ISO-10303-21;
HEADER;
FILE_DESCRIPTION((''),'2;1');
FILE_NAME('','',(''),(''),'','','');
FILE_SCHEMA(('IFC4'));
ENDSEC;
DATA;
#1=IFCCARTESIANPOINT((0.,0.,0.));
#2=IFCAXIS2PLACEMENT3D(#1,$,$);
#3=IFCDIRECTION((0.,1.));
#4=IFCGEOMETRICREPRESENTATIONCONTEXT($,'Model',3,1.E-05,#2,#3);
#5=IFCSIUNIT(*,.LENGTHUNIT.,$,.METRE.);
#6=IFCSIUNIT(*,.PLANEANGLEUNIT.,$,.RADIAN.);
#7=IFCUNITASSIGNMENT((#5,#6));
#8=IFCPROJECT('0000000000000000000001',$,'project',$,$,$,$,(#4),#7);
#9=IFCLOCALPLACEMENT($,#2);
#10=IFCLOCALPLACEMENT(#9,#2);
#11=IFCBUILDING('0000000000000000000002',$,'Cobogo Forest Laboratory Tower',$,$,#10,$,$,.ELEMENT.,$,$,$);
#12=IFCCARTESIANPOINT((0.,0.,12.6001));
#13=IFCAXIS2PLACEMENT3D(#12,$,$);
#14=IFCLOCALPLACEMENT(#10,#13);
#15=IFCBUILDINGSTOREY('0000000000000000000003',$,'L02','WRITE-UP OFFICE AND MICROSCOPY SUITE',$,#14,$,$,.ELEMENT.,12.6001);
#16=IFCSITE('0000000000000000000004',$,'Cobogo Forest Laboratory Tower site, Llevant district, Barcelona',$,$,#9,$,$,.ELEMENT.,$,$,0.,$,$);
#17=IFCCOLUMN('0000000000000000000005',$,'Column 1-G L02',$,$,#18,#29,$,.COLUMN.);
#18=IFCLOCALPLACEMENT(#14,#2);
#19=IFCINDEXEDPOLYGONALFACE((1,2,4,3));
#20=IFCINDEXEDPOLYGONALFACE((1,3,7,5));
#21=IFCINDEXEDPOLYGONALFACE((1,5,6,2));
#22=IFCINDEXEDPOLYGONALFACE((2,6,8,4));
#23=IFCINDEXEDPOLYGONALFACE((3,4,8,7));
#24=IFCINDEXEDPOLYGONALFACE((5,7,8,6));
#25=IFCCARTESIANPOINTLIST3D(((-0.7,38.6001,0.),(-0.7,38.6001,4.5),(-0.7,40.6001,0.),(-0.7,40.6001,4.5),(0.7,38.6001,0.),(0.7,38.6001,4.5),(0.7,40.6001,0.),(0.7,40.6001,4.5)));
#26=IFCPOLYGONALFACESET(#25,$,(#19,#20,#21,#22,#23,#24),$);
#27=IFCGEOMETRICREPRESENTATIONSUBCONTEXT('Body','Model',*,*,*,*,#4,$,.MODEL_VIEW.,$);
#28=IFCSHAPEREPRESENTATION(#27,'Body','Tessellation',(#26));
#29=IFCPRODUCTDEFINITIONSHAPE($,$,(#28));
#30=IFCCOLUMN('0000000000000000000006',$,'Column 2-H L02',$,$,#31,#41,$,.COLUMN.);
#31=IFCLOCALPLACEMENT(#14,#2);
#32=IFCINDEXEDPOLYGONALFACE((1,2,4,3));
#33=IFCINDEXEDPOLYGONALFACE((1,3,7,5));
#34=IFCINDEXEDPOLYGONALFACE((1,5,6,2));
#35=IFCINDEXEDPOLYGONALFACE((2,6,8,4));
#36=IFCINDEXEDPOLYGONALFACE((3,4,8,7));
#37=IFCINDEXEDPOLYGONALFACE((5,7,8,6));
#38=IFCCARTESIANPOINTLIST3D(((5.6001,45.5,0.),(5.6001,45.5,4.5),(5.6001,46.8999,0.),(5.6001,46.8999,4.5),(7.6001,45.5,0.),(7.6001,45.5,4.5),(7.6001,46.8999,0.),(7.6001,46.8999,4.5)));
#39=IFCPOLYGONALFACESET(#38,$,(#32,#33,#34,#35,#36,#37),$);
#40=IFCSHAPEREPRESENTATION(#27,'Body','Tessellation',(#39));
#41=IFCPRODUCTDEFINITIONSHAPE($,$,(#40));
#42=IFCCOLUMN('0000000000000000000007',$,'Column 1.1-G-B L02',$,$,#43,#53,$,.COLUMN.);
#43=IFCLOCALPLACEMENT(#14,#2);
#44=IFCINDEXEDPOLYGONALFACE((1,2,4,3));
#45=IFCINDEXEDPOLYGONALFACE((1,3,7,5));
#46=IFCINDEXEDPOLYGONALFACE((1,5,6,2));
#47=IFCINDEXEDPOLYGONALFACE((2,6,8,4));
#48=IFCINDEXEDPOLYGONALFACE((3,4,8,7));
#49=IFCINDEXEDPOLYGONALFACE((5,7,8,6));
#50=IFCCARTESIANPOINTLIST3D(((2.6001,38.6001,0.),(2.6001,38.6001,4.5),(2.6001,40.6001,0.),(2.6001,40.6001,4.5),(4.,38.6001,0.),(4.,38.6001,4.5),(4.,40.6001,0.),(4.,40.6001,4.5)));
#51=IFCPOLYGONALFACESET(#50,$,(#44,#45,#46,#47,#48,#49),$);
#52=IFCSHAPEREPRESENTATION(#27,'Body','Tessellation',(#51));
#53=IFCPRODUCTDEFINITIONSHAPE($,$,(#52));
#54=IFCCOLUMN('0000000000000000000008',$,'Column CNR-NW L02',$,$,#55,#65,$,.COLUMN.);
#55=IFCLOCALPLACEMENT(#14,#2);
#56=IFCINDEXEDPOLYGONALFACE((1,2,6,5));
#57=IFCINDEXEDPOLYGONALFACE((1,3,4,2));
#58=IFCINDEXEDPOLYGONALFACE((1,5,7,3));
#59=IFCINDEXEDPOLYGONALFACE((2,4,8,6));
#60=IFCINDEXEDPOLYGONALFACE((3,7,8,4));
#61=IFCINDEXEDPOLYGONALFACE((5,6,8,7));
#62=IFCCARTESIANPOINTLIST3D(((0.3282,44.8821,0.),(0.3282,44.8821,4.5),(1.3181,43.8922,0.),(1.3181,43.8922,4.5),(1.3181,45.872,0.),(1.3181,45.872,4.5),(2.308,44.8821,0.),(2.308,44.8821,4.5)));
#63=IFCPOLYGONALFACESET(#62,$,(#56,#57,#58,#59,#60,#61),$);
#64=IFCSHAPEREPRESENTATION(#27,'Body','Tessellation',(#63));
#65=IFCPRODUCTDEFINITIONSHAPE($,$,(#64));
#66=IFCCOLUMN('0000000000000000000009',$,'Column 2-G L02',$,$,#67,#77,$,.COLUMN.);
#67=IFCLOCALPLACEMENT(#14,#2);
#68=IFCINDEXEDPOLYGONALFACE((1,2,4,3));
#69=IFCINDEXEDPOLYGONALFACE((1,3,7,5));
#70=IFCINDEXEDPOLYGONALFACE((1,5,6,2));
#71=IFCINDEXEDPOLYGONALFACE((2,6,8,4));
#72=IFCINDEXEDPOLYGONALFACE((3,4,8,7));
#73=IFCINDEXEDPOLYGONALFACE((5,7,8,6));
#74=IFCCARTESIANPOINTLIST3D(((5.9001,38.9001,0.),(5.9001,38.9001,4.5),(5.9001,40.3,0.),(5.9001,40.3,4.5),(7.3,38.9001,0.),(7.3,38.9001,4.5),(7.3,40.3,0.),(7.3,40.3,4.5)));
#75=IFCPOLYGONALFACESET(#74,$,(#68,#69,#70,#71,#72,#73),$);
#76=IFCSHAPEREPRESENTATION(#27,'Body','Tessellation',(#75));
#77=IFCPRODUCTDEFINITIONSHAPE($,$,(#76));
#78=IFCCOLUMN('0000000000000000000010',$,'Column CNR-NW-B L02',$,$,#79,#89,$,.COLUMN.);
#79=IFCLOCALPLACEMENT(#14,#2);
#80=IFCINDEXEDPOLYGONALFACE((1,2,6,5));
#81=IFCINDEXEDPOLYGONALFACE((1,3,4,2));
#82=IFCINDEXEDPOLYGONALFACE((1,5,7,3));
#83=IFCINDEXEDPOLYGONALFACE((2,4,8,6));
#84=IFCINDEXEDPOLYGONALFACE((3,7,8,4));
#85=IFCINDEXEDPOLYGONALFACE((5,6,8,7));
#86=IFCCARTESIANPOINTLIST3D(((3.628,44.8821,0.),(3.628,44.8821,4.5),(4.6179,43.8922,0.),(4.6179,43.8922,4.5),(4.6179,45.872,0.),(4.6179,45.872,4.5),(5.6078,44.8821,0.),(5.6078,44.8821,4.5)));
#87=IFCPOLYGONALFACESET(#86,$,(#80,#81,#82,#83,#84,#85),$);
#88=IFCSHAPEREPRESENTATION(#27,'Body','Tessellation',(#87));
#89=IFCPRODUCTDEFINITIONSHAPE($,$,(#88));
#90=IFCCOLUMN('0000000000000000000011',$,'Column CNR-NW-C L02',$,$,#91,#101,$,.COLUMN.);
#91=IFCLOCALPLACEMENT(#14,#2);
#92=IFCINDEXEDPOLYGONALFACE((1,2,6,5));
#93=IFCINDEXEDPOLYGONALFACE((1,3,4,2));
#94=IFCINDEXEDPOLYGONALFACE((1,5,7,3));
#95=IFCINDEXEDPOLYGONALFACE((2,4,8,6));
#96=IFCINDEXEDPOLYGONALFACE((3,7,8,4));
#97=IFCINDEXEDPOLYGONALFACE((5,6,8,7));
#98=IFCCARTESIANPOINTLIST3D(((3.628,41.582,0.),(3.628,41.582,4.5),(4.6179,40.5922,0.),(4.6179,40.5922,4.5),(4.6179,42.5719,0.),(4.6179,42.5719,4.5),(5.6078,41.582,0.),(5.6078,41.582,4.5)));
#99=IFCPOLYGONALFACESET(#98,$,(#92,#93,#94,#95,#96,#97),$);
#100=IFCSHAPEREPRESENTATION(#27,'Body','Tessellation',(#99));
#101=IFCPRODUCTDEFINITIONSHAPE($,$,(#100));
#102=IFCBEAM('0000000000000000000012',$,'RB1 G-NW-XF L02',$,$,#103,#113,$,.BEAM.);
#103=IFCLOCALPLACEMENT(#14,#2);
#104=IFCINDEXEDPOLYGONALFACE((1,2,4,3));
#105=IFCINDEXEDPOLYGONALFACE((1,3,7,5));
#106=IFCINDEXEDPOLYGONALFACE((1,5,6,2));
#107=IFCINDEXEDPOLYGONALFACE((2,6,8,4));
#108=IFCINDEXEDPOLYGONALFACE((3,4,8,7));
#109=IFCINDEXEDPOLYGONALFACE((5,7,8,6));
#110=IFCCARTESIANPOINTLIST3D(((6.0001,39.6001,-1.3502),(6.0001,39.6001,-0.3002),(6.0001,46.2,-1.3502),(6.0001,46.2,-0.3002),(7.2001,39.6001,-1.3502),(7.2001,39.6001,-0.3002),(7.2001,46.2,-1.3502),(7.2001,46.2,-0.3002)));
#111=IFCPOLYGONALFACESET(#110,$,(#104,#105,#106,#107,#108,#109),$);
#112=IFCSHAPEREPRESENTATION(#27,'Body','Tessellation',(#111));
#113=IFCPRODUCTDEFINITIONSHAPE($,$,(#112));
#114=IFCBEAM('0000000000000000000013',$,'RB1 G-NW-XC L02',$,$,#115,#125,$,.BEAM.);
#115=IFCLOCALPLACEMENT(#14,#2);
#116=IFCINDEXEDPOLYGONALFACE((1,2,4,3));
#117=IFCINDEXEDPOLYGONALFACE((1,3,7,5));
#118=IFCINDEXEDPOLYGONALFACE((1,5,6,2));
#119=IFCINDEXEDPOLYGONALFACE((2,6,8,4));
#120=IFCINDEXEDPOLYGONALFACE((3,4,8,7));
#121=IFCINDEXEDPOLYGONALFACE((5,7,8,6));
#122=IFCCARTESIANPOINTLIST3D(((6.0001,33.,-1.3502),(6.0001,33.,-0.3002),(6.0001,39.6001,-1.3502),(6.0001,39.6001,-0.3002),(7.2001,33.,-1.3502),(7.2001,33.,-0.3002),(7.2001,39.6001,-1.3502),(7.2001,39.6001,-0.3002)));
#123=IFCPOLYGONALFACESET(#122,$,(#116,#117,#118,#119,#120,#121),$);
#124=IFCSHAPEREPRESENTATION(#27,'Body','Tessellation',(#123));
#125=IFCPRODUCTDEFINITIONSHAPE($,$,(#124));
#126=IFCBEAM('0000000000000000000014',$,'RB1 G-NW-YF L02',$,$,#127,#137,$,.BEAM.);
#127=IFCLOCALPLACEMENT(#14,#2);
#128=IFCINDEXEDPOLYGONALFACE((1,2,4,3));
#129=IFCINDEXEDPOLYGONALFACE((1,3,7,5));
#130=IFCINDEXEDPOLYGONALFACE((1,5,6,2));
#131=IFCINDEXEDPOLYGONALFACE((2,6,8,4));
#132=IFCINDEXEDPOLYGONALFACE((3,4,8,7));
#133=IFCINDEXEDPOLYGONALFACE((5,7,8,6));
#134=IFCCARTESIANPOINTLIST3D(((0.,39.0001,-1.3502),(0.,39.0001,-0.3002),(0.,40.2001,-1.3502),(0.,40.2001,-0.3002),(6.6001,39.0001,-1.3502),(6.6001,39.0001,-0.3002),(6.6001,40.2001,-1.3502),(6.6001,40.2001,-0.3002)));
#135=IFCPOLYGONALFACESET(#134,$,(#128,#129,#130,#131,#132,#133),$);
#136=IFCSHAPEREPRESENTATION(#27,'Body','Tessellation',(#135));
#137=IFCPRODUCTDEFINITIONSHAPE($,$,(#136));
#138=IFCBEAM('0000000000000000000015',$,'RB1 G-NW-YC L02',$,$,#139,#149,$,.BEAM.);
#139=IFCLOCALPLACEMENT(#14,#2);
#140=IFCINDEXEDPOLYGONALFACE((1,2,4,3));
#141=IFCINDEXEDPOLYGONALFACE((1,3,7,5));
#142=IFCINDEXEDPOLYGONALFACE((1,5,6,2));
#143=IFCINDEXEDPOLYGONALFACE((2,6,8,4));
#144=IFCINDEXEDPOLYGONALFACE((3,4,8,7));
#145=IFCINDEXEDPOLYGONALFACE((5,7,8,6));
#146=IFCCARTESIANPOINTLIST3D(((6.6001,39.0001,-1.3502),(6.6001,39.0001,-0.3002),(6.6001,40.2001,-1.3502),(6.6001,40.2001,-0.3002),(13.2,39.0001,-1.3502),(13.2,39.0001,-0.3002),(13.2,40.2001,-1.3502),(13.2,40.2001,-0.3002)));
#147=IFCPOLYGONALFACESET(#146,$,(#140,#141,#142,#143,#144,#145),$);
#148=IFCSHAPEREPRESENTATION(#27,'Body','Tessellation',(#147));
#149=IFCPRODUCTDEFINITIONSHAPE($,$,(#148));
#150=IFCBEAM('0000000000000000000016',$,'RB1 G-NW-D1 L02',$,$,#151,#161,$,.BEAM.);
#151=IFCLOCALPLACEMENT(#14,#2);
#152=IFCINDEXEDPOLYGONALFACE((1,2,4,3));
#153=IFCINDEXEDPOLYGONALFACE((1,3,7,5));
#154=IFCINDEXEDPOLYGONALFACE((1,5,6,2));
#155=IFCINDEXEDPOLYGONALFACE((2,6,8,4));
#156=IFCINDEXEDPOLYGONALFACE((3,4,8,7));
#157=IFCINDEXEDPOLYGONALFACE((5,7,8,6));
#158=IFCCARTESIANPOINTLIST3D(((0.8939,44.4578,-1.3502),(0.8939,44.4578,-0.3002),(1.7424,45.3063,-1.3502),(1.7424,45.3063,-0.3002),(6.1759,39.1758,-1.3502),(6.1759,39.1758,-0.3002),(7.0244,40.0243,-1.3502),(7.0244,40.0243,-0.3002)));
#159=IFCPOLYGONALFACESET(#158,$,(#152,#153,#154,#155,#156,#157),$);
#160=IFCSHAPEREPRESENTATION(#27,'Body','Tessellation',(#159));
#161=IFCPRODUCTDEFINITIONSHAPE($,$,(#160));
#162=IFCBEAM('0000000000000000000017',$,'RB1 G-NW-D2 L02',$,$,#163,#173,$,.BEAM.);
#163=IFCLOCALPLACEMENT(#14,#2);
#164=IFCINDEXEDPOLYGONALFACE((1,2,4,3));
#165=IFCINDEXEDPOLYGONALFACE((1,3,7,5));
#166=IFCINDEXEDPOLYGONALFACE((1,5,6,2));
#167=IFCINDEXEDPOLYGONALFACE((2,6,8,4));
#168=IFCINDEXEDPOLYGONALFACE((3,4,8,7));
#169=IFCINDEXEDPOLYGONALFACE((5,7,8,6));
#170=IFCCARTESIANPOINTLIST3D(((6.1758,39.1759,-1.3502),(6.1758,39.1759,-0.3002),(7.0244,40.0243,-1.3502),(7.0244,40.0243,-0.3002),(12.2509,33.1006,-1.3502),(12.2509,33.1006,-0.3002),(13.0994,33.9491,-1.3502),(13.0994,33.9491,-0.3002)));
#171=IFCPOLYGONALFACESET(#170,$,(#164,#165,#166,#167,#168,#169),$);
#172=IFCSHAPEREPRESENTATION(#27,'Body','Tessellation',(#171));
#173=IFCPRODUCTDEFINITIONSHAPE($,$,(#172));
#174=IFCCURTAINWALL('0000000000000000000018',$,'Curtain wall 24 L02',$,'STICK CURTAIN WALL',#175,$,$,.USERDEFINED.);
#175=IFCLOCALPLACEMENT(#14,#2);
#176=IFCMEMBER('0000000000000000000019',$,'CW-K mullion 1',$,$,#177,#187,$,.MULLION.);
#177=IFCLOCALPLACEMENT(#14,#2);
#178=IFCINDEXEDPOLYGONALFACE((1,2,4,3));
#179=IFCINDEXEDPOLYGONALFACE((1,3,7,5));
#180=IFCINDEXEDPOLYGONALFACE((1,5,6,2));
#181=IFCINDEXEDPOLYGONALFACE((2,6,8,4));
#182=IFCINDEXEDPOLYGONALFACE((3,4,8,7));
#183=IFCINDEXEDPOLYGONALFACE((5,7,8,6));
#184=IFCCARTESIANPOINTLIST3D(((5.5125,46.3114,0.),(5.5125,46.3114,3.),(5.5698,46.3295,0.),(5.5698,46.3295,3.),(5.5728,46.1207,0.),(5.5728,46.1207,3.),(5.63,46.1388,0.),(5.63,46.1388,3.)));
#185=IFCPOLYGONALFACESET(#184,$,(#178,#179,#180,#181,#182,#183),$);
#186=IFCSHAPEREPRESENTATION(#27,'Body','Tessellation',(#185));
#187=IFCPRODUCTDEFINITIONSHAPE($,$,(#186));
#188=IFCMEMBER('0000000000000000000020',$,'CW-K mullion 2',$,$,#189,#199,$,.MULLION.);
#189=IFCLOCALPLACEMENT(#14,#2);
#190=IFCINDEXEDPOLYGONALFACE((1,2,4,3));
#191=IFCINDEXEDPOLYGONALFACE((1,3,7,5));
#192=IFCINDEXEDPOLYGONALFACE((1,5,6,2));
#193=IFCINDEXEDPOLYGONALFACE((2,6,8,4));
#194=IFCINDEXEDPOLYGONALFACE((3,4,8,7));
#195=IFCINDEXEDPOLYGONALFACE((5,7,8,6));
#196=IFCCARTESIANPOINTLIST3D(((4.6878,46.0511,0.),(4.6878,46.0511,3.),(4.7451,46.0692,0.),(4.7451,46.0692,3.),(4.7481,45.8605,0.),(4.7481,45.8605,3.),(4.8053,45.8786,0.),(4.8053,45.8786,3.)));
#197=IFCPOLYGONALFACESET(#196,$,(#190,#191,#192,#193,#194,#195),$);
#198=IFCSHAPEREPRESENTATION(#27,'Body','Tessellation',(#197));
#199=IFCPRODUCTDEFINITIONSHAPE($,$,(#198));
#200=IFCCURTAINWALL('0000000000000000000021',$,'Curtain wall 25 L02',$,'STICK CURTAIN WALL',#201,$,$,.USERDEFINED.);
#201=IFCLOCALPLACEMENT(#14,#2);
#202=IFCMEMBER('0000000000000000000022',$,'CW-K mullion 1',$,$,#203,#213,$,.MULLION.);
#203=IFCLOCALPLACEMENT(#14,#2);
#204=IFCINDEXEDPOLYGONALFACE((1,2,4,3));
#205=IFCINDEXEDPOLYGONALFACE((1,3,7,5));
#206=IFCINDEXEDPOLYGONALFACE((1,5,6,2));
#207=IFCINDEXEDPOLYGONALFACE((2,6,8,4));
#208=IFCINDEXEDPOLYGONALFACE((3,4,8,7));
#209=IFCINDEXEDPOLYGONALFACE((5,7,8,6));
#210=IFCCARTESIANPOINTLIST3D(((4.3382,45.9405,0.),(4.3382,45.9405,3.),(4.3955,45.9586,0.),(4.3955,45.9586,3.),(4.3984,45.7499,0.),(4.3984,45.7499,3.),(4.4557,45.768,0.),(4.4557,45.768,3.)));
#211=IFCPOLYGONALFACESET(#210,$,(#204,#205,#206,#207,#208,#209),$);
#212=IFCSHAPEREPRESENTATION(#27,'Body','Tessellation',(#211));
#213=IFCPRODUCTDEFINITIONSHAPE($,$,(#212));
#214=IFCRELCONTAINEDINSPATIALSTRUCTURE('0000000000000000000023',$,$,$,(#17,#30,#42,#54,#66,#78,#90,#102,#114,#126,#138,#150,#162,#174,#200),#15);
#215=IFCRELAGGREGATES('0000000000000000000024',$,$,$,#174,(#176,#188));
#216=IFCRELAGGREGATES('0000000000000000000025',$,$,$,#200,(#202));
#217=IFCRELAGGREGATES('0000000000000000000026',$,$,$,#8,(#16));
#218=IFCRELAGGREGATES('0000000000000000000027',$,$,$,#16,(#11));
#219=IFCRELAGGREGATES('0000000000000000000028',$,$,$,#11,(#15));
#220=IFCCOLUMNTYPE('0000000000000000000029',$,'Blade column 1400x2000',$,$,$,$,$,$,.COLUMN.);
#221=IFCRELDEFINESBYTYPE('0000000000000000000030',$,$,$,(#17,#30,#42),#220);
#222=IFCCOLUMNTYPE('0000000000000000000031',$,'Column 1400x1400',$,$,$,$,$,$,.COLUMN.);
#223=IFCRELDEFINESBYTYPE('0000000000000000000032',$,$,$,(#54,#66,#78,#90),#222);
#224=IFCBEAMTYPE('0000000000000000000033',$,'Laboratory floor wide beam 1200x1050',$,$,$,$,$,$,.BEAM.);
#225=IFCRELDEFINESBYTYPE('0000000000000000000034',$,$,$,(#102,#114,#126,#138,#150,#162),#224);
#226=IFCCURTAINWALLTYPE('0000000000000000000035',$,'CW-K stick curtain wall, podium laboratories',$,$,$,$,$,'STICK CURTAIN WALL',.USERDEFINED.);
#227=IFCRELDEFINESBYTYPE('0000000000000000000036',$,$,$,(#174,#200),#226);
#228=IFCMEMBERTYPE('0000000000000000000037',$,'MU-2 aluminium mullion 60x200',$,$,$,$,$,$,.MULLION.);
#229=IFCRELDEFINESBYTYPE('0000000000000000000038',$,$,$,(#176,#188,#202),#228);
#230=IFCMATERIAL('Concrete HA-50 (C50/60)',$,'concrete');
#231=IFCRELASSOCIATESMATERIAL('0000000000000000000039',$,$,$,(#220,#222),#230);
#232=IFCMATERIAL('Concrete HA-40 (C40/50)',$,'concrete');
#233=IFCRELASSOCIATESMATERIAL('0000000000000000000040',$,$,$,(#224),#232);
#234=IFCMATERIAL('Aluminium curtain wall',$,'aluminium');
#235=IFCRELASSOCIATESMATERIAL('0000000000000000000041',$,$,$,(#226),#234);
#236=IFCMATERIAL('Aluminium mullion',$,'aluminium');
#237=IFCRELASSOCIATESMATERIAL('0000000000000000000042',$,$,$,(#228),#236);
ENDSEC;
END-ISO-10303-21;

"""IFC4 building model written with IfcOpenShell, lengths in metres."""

from ifc_helpers import new_model, si_unit, direction, frame, origin, origin_2d, place, context, subcontext, project, spatial, rectangle, extrude, material, material_profile, profile_set, type_object, element, aggregate, save


model = new_model("IFC4")

# Units and contexts
model_context = context("Model", 3, precision=1e-05, world=origin(), true_north=direction((0.0, 1.0)))
body_context = subcontext(model_context, "Body", "Model", "MODEL_VIEW")
ifc_project = project(units=[si_unit("LENGTHUNIT", "METRE"), si_unit("PLANEANGLEUNIT", "RADIAN")], contexts=[model_context])

# Site, building, storey
site_placement = place(None, origin())
site = spatial("IfcSite", under=ifc_project, at=site_placement, Name="Cobogo Forest Laboratory Tower site, Llevant district, Barcelona", CompositionType="ELEMENT", RefElevation=0.0)
building_placement = place(site_placement, origin())
building = spatial("IfcBuilding", under=site, at=building_placement, Name="Cobogo Forest Laboratory Tower", CompositionType="ELEMENT")
storey_placement = place(building_placement, frame((0.0, 0.0, 12.6001)))
storey = spatial("IfcBuildingStorey", under=building, at=storey_placement, Name="L02", Description="WRITE-UP OFFICE AND MICROSCOPY SUITE", CompositionType="ELEMENT", Elevation=12.6001)

# Columns
ifc_material_1 = material(Name="Concrete HA-50 (C50/60)", Category="concrete")
ifc_material_profile_1 = material_profile(ifc_material_1, rectangle(XDim=2.0, YDim=1.3999, at=origin_2d()), Name="RC 1400x2000")
ifc_profile_set_1 = profile_set([ifc_material_profile_1], Name="Concrete HA-50 (C50/60)")
column_type_1 = type_object("IfcColumnType", Name="Blade column 1400x2000", PredefinedType="COLUMN", material=ifc_profile_set_1)
for number, where, z_axis, x_axis, name in (
    (1, (0.0, 39.6001, 0.0), (0.0, 0.0, 1.0), (0.0, 1.0, 0.0), "Column 1-G L02"),
    (2, (6.6001, 46.2, 0.0), (0.0, 0.0, 1.0), (1.0, 0.0, 0.0), "Column 2-H L02"),
    (3, (3.3, 39.6001, 0.0), (0.0, 0.0, 1.0), (0.0, 1.0, 0.0), "Column 1.1-G-B L02"),
):
    element("IfcColumn", number, at=place(storey_placement, frame(where, z_axis=z_axis, x_axis=x_axis)), inside=storey, type_object=column_type_1, Name=name, PredefinedType="COLUMN", context=body_context, shape_type="SweptSolid", body=[
        extrude(rectangle(XDim=2.0, YDim=1.3999, at=origin_2d()), origin(), (0.0, 0.0, 1.0), 4.5),
    ])
ifc_material_profile_2 = material_profile(ifc_material_1, rectangle(XDim=1.3999, YDim=1.3999, at=origin_2d()), Name="RC 1400x1400")
ifc_profile_set_2 = profile_set([ifc_material_profile_2], Name="Concrete HA-50 (C50/60)")
column_type_2 = type_object("IfcColumnType", Name="Column 1400x1400", PredefinedType="COLUMN", material=ifc_profile_set_2)
for number, where, z_axis, x_axis, name in (
    (4, (1.3181, 44.8821, 0.0), (0.0, 0.0, 1.0), (0.707107, 0.707107, 0.0), "Column CNR-NW L02"),
    (5, (6.6001, 39.6001, 0.0), (0.0, 0.0, 1.0), (1.0, 0.0, 0.0), "Column 2-G L02"),
    (6, (4.6179, 44.8821, 0.0), (0.0, 0.0, 1.0), (0.707107, 0.707107, 0.0), "Column CNR-NW-B L02"),
    (7, (4.6179, 41.582, 0.0), (0.0, 0.0, 1.0), (0.707107, 0.707107, 0.0), "Column CNR-NW-C L02"),
):
    element("IfcColumn", number, at=place(storey_placement, frame(where, z_axis=z_axis, x_axis=x_axis)), inside=storey, type_object=column_type_2, Name=name, PredefinedType="COLUMN", context=body_context, shape_type="SweptSolid", body=[
        extrude(rectangle(XDim=1.3999, YDim=1.3999, at=origin_2d()), origin(), (0.0, 0.0, 1.0), 4.5),
    ])

# Beams
ifc_material_2 = material(Name="Concrete HA-40 (C40/50)", Category="concrete")
ifc_material_profile_3 = material_profile(ifc_material_2, rectangle(XDim=1.2, YDim=1.05, at=origin_2d()), Name="RC 1200x1050")
ifc_profile_set_3 = profile_set([ifc_material_profile_3], Name="Concrete HA-40 (C40/50)")
beam_type_1 = type_object("IfcBeamType", Name="Laboratory floor wide beam 1200x1050", PredefinedType="BEAM", material=ifc_profile_set_3)
beam_1_placement = place(storey_placement, frame((6.6001, 46.2, -0.8252), z_axis=(0.0, -1.0, 0.0), x_axis=(1.0, 0.0, 0.0)))
element("IfcBeam", 8, at=beam_1_placement, inside=storey, type_object=beam_type_1, Name="RB1 G-NW-XF L02", PredefinedType="BEAM", context=body_context, shape_type="SweptSolid", body=[
    extrude(rectangle(XDim=1.2, YDim=1.05, at=origin_2d()), origin(), (0.0, 0.0, 1.0), 6.5999),
])
for number, where, z_axis, x_axis, name in (
    (9, (6.6001, 39.6001, -0.8252), (0.0, -1.0, 0.0), (1.0, 0.0, 0.0), "RB1 G-NW-XC L02"),
    (10, (0.0, 39.6001, -0.8252), (1.0, 0.0, 0.0), (0.0, 1.0, 0.0), "RB1 G-NW-YF L02"),
):
    element("IfcBeam", number, at=place(storey_placement, frame(where, z_axis=z_axis, x_axis=x_axis)), inside=storey, type_object=beam_type_1, Name=name, PredefinedType="BEAM", context=body_context, shape_type="SweptSolid", body=[
        extrude(rectangle(XDim=1.2, YDim=1.05, at=origin_2d()), origin(), (0.0, 0.0, 1.0), 6.6001),
    ])
beam_2_placement = place(storey_placement, frame((6.6001, 39.6001, -0.8252), z_axis=(1.0, 0.0, 0.0), x_axis=(0.0, 1.0, 0.0)))
element("IfcBeam", 11, at=beam_2_placement, inside=storey, type_object=beam_type_1, Name="RB1 G-NW-YC L02", PredefinedType="BEAM", context=body_context, shape_type="SweptSolid", body=[
    extrude(rectangle(XDim=1.2, YDim=1.05, at=origin_2d()), origin(), (0.0, 0.0, 1.0), 6.5999),
])
beam_3_placement = place(storey_placement, frame((1.3181, 44.8821, -0.8252), z_axis=(0.707107, -0.707107, 0.0), x_axis=(0.707107, 0.707107, 0.0)))
element("IfcBeam", 12, at=beam_3_placement, inside=storey, type_object=beam_type_1, Name="RB1 G-NW-D1 L02", PredefinedType="BEAM", context=body_context, shape_type="SweptSolid", body=[
    extrude(rectangle(XDim=1.2, YDim=1.05, at=origin_2d()), origin(), (0.0, 0.0, 1.0), 7.47),
])
beam_4_placement = place(storey_placement, frame((6.6001, 39.6001, -0.8252), z_axis=(0.707093, -0.707121, 0.0), x_axis=(0.707121, 0.707093, 0.0)))
element("IfcBeam", 13, at=beam_4_placement, inside=storey, type_object=beam_type_1, Name="RB1 G-NW-D2 L02", PredefinedType="BEAM", context=body_context, shape_type="SweptSolid", body=[
    extrude(rectangle(XDim=1.2, YDim=1.05, at=origin_2d()), origin(), (0.0, 0.0, 1.0), 8.5916),
])

# Curtain walls, members
ifc_material_3 = material(Name="Aluminium curtain wall", Category="aluminium")
curtain_wall_type = type_object("IfcCurtainWallType", Name="CW-K stick curtain wall, podium laboratories", ElementType="STICK CURTAIN WALL", PredefinedType="USERDEFINED", material=ifc_material_3)
curtain_wall_1_placement = place(storey_placement, origin())
curtain_wall_1 = element("IfcCurtainWall", 14, at=curtain_wall_1_placement, inside=storey, type_object=curtain_wall_type, Name="Curtain wall 24 L02", ObjectType="STICK CURTAIN WALL", PredefinedType="USERDEFINED")
ifc_material_4 = material(Name="Aluminium mullion", Category="aluminium")
ifc_material_profile_4 = material_profile(ifc_material_4, rectangle(XDim=0.0601, YDim=0.2, at=origin_2d()), Name="AL 60x200")
ifc_profile_set_4 = profile_set([ifc_material_profile_4], Name="Aluminium mullion")
member_type_1 = type_object("IfcMemberType", Name="MU-2 aluminium mullion 60x200", PredefinedType="MULLION", material=ifc_profile_set_4)
member_1_placement = place(storey_placement, frame((5.5713, 46.2251, 0.0), z_axis=(0.0, 0.0, 1.0), x_axis=(-0.953581, -0.301135, 0.0)))
member_1 = element("IfcMember", 15, at=member_1_placement, type_object=member_type_1, Name="CW-K mullion 1", PredefinedType="MULLION", context=body_context, shape_type="SweptSolid", body=[
    extrude(rectangle(XDim=0.0601, YDim=0.2, at=origin_2d()), origin(), (0.0, 0.0, 1.0), 3.0),
])
member_2_placement = place(storey_placement, frame((4.7466, 45.9648, 0.0), z_axis=(0.0, 0.0, 1.0), x_axis=(-0.953581, -0.301135, 0.0)))
member_2 = element("IfcMember", 16, at=member_2_placement, type_object=member_type_1, Name="CW-K mullion 2", PredefinedType="MULLION", context=body_context, shape_type="SweptSolid", body=[
    extrude(rectangle(XDim=0.0601, YDim=0.2, at=origin_2d()), origin(), (0.0, 0.0, 1.0), 3.0),
])
curtain_wall_2_placement = place(storey_placement, origin())
curtain_wall_2 = element("IfcCurtainWall", 17, at=curtain_wall_2_placement, inside=storey, type_object=curtain_wall_type, Name="Curtain wall 25 L02", ObjectType="STICK CURTAIN WALL", PredefinedType="USERDEFINED")
member_3_placement = place(storey_placement, frame((4.397, 45.8542, 0.0), z_axis=(0.0, 0.0, 1.0), x_axis=(-0.953581, -0.301135, 0.0)))
member_3 = element("IfcMember", 18, at=member_3_placement, type_object=member_type_1, Name="CW-K mullion 1", PredefinedType="MULLION", context=body_context, shape_type="SweptSolid", body=[
    extrude(rectangle(XDim=0.0601, YDim=0.2, at=origin_2d()), origin(), (0.0, 0.0, 1.0), 3.0),
])

aggregate(curtain_wall_1, [member_1, member_2])
aggregate(curtain_wall_2, [member_3])

save(model, "model.ifc")
